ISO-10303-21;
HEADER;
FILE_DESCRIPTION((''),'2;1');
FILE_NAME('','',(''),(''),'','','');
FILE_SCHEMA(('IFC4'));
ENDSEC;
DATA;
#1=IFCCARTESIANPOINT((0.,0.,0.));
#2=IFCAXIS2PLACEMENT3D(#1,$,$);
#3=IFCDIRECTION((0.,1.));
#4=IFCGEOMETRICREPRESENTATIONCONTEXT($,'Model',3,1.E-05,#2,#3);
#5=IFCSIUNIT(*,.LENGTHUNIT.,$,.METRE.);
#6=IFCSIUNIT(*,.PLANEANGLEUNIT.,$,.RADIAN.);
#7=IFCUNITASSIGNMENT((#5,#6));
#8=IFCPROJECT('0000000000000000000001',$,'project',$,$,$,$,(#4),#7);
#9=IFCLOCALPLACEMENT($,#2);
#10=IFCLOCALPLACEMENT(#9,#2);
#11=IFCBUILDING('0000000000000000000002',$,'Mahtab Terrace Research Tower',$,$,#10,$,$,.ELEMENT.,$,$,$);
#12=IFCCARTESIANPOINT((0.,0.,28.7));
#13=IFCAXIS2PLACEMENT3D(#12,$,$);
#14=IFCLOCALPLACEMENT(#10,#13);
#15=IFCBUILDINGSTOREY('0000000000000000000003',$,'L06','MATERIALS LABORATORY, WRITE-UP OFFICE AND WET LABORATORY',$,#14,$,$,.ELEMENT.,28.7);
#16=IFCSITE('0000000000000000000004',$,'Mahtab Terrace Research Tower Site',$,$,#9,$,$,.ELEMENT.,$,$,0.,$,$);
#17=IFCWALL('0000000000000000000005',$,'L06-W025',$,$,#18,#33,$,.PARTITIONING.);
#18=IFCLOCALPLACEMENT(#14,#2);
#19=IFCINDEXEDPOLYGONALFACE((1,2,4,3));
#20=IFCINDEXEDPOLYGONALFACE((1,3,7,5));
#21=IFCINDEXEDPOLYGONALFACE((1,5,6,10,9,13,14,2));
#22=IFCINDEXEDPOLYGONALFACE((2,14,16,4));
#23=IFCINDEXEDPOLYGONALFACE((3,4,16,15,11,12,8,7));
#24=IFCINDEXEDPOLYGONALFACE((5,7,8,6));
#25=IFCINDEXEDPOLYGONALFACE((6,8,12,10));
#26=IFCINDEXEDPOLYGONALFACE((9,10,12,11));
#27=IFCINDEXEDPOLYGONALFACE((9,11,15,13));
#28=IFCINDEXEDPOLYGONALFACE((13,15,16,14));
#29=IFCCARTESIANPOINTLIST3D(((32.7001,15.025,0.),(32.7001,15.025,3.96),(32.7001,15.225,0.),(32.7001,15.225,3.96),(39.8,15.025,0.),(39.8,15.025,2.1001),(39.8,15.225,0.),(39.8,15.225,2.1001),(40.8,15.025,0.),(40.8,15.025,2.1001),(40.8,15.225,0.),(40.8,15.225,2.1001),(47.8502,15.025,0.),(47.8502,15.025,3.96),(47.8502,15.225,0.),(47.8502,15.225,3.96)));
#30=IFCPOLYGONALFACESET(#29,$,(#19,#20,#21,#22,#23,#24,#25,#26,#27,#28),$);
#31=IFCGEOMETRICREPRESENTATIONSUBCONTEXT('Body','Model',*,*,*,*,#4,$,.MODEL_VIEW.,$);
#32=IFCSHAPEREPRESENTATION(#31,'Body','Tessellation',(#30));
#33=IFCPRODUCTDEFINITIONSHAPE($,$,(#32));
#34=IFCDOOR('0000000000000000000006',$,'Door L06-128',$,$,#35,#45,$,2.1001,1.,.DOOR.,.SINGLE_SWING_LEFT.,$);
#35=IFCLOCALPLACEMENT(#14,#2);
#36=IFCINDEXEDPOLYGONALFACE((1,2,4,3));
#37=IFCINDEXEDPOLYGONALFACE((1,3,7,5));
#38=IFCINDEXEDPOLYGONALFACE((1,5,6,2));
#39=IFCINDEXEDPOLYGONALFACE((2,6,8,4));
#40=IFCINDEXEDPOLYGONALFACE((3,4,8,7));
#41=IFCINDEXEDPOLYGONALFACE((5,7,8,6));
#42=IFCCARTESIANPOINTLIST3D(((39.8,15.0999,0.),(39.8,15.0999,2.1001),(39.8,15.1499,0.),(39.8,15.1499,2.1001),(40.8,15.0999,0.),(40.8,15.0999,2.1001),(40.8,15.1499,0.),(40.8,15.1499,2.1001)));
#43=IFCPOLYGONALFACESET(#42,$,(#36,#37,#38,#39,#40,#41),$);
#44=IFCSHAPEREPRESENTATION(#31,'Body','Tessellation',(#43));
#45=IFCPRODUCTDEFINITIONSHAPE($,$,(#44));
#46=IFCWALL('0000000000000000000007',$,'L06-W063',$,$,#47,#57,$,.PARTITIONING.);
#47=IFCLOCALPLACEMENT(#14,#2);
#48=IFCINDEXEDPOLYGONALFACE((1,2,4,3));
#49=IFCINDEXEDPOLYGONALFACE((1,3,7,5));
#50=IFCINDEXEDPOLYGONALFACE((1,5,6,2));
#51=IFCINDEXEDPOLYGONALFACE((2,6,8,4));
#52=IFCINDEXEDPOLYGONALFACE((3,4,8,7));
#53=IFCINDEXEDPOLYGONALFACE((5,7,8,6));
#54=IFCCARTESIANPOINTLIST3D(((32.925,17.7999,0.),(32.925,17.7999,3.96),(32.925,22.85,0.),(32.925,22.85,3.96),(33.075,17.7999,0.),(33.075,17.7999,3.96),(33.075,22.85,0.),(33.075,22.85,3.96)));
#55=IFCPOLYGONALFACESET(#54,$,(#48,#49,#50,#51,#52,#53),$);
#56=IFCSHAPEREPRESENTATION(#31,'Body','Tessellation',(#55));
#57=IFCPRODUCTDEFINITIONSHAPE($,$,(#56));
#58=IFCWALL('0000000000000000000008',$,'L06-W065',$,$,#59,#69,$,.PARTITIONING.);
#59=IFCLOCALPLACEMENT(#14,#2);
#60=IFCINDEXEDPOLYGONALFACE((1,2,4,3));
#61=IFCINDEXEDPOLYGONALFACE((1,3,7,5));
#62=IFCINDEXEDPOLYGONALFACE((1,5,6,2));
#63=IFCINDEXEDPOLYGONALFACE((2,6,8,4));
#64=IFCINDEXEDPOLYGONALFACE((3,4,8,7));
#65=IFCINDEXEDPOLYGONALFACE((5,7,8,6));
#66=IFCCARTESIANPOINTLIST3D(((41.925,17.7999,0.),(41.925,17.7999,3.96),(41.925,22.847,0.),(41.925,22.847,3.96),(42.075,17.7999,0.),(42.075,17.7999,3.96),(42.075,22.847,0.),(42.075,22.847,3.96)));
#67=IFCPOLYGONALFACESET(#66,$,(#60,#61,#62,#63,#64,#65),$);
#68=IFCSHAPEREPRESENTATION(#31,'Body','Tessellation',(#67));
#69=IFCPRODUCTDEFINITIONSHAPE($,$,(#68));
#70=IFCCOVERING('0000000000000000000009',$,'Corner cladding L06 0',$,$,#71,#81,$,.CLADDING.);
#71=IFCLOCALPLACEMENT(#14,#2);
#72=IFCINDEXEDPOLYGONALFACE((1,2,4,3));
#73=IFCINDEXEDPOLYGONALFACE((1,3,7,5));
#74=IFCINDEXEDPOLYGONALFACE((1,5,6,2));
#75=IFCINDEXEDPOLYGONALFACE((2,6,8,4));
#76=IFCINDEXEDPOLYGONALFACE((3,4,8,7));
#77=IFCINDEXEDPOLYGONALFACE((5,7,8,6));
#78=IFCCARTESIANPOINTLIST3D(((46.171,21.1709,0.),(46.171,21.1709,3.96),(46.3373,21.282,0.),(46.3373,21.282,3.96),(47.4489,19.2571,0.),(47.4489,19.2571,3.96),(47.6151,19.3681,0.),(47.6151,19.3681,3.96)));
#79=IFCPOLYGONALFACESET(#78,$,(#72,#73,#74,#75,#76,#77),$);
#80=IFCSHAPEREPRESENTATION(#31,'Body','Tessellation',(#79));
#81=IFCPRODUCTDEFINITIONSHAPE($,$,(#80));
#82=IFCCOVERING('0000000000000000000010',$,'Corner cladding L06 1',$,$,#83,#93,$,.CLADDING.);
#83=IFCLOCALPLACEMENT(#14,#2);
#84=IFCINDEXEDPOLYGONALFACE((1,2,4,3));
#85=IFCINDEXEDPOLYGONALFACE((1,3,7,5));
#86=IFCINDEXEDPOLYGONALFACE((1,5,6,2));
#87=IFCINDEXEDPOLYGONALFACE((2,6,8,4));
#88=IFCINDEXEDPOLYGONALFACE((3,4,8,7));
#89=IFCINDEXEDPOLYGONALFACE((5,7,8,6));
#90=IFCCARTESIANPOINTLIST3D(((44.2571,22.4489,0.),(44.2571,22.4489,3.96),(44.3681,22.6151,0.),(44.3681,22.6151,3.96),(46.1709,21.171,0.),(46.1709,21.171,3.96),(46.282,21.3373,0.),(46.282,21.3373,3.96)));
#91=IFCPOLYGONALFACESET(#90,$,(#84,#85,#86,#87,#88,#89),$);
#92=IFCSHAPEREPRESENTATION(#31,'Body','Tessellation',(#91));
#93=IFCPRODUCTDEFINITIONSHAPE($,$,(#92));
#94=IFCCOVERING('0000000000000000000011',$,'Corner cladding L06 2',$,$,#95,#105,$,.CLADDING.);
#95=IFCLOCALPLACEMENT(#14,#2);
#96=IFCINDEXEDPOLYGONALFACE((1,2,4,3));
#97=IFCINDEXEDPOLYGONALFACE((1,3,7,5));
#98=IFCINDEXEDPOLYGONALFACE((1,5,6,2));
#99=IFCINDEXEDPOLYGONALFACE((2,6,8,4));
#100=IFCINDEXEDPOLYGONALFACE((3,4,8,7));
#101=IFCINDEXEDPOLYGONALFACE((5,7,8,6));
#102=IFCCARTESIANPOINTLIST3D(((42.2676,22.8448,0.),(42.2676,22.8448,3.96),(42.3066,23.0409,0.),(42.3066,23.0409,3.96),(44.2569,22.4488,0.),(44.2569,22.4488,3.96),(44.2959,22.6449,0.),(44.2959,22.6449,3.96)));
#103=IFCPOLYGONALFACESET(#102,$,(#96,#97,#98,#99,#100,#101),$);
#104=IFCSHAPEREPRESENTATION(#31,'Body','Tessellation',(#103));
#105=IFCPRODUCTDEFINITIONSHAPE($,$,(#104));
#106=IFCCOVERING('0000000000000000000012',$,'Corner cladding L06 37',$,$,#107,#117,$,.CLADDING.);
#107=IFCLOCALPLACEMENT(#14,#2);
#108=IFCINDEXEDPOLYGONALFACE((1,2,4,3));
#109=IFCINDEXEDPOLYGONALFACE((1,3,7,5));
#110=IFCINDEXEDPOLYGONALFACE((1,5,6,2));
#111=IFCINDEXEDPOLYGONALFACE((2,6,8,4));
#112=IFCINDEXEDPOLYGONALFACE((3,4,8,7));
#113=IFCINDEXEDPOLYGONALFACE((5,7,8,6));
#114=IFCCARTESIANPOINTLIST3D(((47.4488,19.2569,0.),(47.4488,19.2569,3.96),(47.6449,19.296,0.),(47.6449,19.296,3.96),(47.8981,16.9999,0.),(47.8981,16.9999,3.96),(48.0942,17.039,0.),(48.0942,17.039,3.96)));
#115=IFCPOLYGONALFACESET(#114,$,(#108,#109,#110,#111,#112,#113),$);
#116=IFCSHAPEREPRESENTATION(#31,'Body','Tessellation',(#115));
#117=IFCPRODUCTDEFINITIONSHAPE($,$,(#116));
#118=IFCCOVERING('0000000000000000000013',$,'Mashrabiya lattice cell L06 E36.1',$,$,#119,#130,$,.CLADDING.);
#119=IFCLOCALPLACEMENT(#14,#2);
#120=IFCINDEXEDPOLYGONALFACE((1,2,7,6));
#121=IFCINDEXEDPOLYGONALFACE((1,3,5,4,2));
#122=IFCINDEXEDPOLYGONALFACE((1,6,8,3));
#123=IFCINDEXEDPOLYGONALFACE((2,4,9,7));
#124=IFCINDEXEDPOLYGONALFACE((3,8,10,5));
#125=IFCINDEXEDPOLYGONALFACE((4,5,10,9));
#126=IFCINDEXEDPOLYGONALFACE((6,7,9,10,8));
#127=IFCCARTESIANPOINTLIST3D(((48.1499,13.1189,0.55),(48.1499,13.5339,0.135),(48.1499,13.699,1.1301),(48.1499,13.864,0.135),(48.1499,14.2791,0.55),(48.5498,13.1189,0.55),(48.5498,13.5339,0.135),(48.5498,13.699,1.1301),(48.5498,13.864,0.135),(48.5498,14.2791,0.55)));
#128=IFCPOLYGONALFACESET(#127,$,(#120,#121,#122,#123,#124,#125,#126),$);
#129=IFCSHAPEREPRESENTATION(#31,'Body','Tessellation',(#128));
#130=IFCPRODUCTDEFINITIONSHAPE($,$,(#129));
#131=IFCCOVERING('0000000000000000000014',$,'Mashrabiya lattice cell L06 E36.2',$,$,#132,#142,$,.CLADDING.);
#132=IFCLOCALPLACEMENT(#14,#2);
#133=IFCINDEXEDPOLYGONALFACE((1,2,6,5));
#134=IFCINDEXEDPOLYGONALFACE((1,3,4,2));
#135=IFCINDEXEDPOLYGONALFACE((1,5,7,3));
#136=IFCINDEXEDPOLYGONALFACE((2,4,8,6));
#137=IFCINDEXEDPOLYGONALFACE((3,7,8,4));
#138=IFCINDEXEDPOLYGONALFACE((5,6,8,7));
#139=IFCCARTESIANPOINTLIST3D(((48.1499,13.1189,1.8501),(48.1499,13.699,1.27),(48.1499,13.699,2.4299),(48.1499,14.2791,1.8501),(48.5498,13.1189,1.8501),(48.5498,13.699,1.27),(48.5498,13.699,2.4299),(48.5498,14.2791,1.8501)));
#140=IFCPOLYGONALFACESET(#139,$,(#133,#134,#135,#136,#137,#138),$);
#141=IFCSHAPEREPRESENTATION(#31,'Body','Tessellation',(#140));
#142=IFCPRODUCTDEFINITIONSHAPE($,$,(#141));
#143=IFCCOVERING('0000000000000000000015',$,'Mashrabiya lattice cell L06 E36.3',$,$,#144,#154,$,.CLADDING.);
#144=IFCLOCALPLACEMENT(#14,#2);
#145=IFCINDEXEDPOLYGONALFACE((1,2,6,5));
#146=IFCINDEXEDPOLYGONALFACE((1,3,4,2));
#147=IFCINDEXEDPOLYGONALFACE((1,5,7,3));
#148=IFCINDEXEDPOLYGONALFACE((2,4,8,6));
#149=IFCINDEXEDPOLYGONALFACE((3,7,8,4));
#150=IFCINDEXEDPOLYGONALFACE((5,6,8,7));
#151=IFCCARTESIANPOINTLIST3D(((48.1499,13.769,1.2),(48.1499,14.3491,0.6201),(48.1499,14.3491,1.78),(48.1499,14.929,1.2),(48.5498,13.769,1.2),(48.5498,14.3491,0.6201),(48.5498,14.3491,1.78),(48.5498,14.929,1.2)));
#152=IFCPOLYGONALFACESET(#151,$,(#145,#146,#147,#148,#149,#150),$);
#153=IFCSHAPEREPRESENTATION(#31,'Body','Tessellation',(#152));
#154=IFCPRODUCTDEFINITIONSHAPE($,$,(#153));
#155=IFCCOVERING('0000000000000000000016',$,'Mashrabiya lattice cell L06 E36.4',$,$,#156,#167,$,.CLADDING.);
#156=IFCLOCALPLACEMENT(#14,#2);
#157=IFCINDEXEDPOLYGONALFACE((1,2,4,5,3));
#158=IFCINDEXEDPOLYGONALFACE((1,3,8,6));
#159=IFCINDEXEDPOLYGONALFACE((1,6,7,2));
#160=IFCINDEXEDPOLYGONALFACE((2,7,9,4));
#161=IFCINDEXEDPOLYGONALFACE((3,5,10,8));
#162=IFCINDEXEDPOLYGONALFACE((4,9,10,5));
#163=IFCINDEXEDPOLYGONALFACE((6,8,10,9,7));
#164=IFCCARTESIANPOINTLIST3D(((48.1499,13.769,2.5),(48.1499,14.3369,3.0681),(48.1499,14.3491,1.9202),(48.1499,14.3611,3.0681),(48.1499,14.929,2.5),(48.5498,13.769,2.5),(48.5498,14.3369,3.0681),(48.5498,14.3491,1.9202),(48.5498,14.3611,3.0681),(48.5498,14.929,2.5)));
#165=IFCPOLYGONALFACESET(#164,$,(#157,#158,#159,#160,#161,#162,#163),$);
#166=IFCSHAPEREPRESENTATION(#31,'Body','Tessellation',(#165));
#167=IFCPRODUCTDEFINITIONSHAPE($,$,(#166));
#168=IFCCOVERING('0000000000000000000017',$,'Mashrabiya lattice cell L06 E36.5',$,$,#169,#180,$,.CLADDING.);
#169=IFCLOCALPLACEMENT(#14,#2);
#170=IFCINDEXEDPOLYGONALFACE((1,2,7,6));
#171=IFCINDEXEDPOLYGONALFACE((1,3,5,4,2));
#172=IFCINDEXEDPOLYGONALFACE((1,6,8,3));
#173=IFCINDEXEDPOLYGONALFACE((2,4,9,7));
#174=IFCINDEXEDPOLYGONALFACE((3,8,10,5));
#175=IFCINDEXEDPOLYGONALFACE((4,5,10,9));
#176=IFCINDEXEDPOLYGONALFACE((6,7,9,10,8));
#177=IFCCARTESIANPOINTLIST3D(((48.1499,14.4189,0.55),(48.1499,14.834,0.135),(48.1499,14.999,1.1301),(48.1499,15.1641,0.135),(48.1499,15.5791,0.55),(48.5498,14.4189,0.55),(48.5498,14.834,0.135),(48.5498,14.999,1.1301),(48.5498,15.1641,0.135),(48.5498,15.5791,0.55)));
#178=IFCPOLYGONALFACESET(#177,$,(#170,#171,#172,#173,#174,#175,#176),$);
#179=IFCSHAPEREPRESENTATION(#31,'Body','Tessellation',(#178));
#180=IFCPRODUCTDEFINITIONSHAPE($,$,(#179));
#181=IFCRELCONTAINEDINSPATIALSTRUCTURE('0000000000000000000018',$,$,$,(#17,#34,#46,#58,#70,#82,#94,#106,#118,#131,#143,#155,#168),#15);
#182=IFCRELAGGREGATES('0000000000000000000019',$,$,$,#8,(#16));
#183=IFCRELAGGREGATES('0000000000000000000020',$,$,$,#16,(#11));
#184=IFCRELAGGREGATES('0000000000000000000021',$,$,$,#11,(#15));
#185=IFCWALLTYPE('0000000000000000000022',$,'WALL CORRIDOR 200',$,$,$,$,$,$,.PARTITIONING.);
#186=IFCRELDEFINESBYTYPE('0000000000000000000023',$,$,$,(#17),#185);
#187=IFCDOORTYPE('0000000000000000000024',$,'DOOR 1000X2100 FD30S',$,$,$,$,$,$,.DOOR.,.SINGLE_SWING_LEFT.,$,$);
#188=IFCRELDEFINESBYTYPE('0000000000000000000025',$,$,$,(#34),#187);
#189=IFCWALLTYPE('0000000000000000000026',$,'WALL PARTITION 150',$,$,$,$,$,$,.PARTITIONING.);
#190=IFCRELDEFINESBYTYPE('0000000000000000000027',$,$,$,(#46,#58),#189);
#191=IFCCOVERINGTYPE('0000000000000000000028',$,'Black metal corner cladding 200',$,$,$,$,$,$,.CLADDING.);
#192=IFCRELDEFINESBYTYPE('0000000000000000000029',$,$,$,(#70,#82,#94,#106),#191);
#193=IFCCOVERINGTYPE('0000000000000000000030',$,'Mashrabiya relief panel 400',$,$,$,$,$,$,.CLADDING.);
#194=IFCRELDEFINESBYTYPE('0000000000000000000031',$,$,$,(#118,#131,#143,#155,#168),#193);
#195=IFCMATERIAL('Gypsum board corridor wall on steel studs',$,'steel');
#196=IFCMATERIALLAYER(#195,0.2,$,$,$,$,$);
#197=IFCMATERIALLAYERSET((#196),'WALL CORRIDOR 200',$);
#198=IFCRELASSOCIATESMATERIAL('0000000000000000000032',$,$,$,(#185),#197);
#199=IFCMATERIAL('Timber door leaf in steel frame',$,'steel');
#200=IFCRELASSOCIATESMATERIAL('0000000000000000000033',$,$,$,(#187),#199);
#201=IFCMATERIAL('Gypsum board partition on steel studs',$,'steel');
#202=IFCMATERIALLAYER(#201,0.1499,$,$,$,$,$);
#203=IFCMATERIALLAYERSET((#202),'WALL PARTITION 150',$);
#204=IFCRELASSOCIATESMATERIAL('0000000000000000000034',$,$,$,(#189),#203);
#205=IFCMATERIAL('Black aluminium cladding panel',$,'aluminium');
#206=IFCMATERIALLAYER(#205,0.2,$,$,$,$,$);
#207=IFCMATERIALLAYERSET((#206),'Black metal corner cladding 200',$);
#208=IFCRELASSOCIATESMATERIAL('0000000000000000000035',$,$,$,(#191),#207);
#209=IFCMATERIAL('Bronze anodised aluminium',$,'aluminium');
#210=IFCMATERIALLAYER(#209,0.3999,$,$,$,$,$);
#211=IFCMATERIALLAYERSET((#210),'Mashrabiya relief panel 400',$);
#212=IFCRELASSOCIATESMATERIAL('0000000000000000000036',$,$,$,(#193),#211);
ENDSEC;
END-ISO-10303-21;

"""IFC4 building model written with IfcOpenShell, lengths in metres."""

from ifc_helpers import new_model, si_unit, direction, frame, frame_2d, origin, origin_2d, place, context, subcontext, project, spatial, polyline, rectangle, outline, extrude, material, layer, layer_set, type_object, element, fill, save


model = new_model("IFC4")

# Units and contexts
model_context = context("Model", 3, precision=1e-05, world=origin(), true_north=direction((0.0, 1.0)))
body_context = subcontext(model_context, "Body", "Model", "MODEL_VIEW")
ifc_project = project(units=[si_unit("LENGTHUNIT", "METRE"), si_unit("PLANEANGLEUNIT", "RADIAN")], contexts=[model_context])

# Site, building, storey
site_placement = place(None, origin())
site = spatial("IfcSite", under=ifc_project, at=site_placement, Name="Mahtab Terrace Research Tower Site", CompositionType="ELEMENT", RefElevation=0.0)
building_placement = place(site_placement, origin())
building = spatial("IfcBuilding", under=site, at=building_placement, Name="Mahtab Terrace Research Tower", CompositionType="ELEMENT")
storey_placement = place(building_placement, frame((0.0, 0.0, 28.7)))
storey = spatial("IfcBuildingStorey", under=building, at=storey_placement, Name="L06", Description="MATERIALS LABORATORY, WRITE-UP OFFICE AND WET LABORATORY", CompositionType="ELEMENT", Elevation=28.7)

# Shared definitions
ifc_material_1 = material(Name="Black aluminium cladding panel", Category="aluminium")

# Wall, opening, door
ifc_material_2 = material(Name="Gypsum board corridor wall on steel studs", Category="steel")
ifc_layer_1 = layer(ifc_material_2, 0.2)
ifc_layer_set_1 = layer_set([ifc_layer_1], Name="WALL CORRIDOR 200")
wall_type_1 = type_object("IfcWallType", Name="WALL CORRIDOR 200", PredefinedType="PARTITIONING", material=ifc_layer_set_1)
wall_1_placement = place(storey_placement, frame((32.7, 15.125, 0.0), z_axis=(0.0, 0.0, 1.0), x_axis=(1.0, 0.0, 0.0)))
wall_1 = element("IfcWall", 1, at=wall_1_placement, inside=storey, type_object=wall_type_1, Name="L06-W025", PredefinedType="PARTITIONING", context=body_context, shape_type="SweptSolid", body=[
    extrude(rectangle(XDim=15.1501, YDim=0.2, at=frame_2d((7.5752, 0.0))), origin(), (0.0, 0.0, 1.0), 3.96),
])
opening_placement = place(wall_1_placement, frame((7.1001, 0.0, 0.0)))
opening = element("IfcOpeningElement", 2, at=opening_placement, cuts=wall_1, PredefinedType="OPENING", context=body_context, shape_type="SweptSolid", body=[
    extrude(rectangle(XDim=1.0, YDim=2.1001, at=frame_2d((0.5, 1.05))), frame((0.0, 0.1099, 0.0), z_axis=(0.0, -1.0, 0.0), x_axis=(1.0, 0.0, 0.0)), (0.0, 0.0, 1.0), 0.22),
])
ifc_material_3 = material(Name="Timber door leaf in steel frame", Category="steel")
door_type = type_object("IfcDoorType", Name="DOOR 1000X2100 FD30S", OperationType="SINGLE_SWING_LEFT", PredefinedType="DOOR", material=ifc_material_3)
door_placement = place(opening_placement, origin())
door = element("IfcDoor", 3, at=door_placement, inside=storey, type_object=door_type, Name="Door L06-128", OperationType="SINGLE_SWING_LEFT", OverallHeight=2.1001, OverallWidth=1.0, PredefinedType="DOOR", context=body_context, shape_type="SweptSolid", body=[
    extrude(rectangle(XDim=1.0, YDim=2.1001, at=frame_2d((0.5, 1.05))), frame((0.0, 0.0249, 0.0), z_axis=(0.0, -1.0, 0.0), x_axis=(1.0, 0.0, 0.0)), (0.0, 0.0, 1.0), 0.05),
])
fill(opening, door)

# Walls
ifc_material_4 = material(Name="Gypsum board partition on steel studs", Category="steel")
ifc_layer_2 = layer(ifc_material_4, 0.1499)
ifc_layer_set_2 = layer_set([ifc_layer_2], Name="WALL PARTITION 150")
wall_type_2 = type_object("IfcWallType", Name="WALL PARTITION 150", PredefinedType="PARTITIONING", material=ifc_layer_set_2)
wall_2_placement = place(storey_placement, frame((33.0, 17.8, 0.0), z_axis=(0.0, 0.0, 1.0), x_axis=(0.0, 1.0, 0.0)))
element("IfcWall", 4, at=wall_2_placement, inside=storey, type_object=wall_type_2, Name="L06-W063", PredefinedType="PARTITIONING", context=body_context, shape_type="SweptSolid", body=[
    extrude(rectangle(XDim=5.05, YDim=0.1499, at=frame_2d((2.5249, 0.0))), origin(), (0.0, 0.0, 1.0), 3.96),
])
wall_3_placement = place(storey_placement, frame((42.0, 17.8, 0.0), z_axis=(0.0, 0.0, 1.0), x_axis=(0.0, 1.0, 0.0)))
element("IfcWall", 5, at=wall_3_placement, inside=storey, type_object=wall_type_2, Name="L06-W065", PredefinedType="PARTITIONING", context=body_context, shape_type="SweptSolid", body=[
    extrude(rectangle(XDim=5.0471, YDim=0.1499, at=frame_2d((2.5234, 0.0))), origin(), (0.0, 0.0, 1.0), 3.96),
])

# Coverings
ifc_layer_3 = layer(ifc_material_1, 0.2)
ifc_layer_set_3 = layer_set([ifc_layer_3], Name="Black metal corner cladding 200")
covering_type_1 = type_object("IfcCoveringType", Name="Black metal corner cladding 200", PredefinedType="CLADDING", material=ifc_layer_set_3)
for number, where, z_axis, x_axis, name in (
    (6, (46.8931, 20.2695, 0.0), (0.0, 0.0, 1.0), (-0.555291, 0.831656, 0.0), "Corner cladding L06 0"),
    (7, (45.2695, 21.8931, 0.0), (0.0, 0.0, 1.0), (-0.831656, 0.555291, 0.0), "Corner cladding L06 1"),
):
    element("IfcCovering", number, at=place(storey_placement, frame(where, z_axis=z_axis, x_axis=x_axis)), inside=storey, type_object=covering_type_1, Name=name, PredefinedType="CLADDING", context=body_context, shape_type="SweptSolid", body=[
        extrude(rectangle(XDim=2.3013, YDim=0.2, at=origin_2d()), origin(), (0.0, 0.0, 1.0), 3.96),
    ])
covering_1_placement = place(storey_placement, frame((43.2817, 22.7449, 0.0), z_axis=(0.0, 0.0, 1.0), x_axis=(-0.980761, 0.195212, 0.0)))
element("IfcCovering", 8, at=covering_1_placement, inside=storey, type_object=covering_type_1, Name="Corner cladding L06 2", PredefinedType="CLADDING", context=body_context, shape_type="SweptSolid", body=[
    extrude(rectangle(XDim=2.0283, YDim=0.2, at=origin_2d()), origin(), (0.0, 0.0, 1.0), 3.96),
])
covering_2_placement = place(storey_placement, frame((47.7715, 18.1479, 0.0), z_axis=(0.0, 0.0, 1.0), x_axis=(-0.195212, 0.980761, 0.0)))
element("IfcCovering", 9, at=covering_2_placement, inside=storey, type_object=covering_type_1, Name="Corner cladding L06 37", PredefinedType="CLADDING", context=body_context, shape_type="SweptSolid", body=[
    extrude(rectangle(XDim=2.3013, YDim=0.2, at=origin_2d()), origin(), (0.0, 0.0, 1.0), 3.96),
])
ifc_material_5 = material(Name="Bronze anodised aluminium", Category="aluminium")
ifc_layer_4 = layer(ifc_material_5, 0.3999)
ifc_layer_set_4 = layer_set([ifc_layer_4], Name="Mashrabiya relief panel 400")
covering_type_2 = type_object("IfcCoveringType", Name="Mashrabiya relief panel 400", PredefinedType="CLADDING", material=ifc_layer_set_4)
covering_3_placement = place(storey_placement, frame((48.1499, 13.1189, 0.55), z_axis=(-1.0, 0.0, 0.0), x_axis=(0.0, 0.707107, 0.707107)))
element("IfcCovering", 10, at=covering_3_placement, inside=storey, type_object=covering_type_2, Name="Mashrabiya lattice cell L06 E36.1", PredefinedType="CLADDING", context=body_context, shape_type="SweptSolid", body=[
    extrude(outline(polyline([(0.0, 0.0), (0.8204, 0.0), (0.8204, 0.8204), (0.2334, 0.8204), (0.0, 0.587), (0.0, 0.0)])), origin(), (0.0, 0.0, -1.0), 0.3999),
])
covering_4_placement = place(storey_placement, frame((48.1499, 13.699, 2.4299), z_axis=(-1.0, 0.0, 0.0), x_axis=(0.0, 0.707256, -0.706958)))
element("IfcCovering", 11, at=covering_4_placement, inside=storey, type_object=covering_type_2, Name="Mashrabiya lattice cell L06 E36.2", PredefinedType="CLADDING", context=body_context, shape_type="SweptSolid", body=[
    extrude(outline(polyline([(0.0, 0.0), (0.8202, 0.0), (0.82, 0.8204), (-0.0003, 0.8202), (0.0, 0.0)])), origin(), (0.0, 0.0, -1.0), 0.3999),
])
covering_5_placement = place(storey_placement, frame((48.1499, 14.3491, 1.78), z_axis=(-1.0, 0.0, 0.0), x_axis=(0.0, 0.706958, -0.707256)))
element("IfcCovering", 12, at=covering_5_placement, inside=storey, type_object=covering_type_2, Name="Mashrabiya lattice cell L06 E36.3", PredefinedType="CLADDING", context=body_context, shape_type="SweptSolid", body=[
    extrude(outline(polyline([(0.0, 0.0), (0.8202, 0.0), (0.8204, 0.82), (0.0002, 0.8204), (0.0, 0.0)])), origin(), (0.0, 0.0, -1.0), 0.3999),
])
covering_6_placement = place(storey_placement, frame((48.1499, 14.929, 2.5), z_axis=(-1.0, 0.0, 0.0), x_axis=(0.0, -0.707107, -0.707107)))
element("IfcCovering", 13, at=covering_6_placement, inside=storey, type_object=covering_type_2, Name="Mashrabiya lattice cell L06 E36.4", PredefinedType="CLADDING", context=body_context, shape_type="SweptSolid", body=[
    extrude(outline(polyline([(0.0, 0.0), (0.82, 0.0), (0.8202, 0.8202), (0.0169, 0.8204), (-0.0002, 0.8033), (0.0, 0.0)])), origin(), (0.0, 0.0, -1.0), 0.3999),
])
covering_7_placement = place(storey_placement, frame((48.1499, 14.4189, 0.55), z_axis=(-1.0, 0.0, 0.0), x_axis=(0.0, 0.707107, 0.707107)))
element("IfcCovering", 14, at=covering_7_placement, inside=storey, type_object=covering_type_2, Name="Mashrabiya lattice cell L06 E36.5", PredefinedType="CLADDING", context=body_context, shape_type="SweptSolid", body=[
    extrude(outline(polyline([(0.0, 0.0), (0.8204, 0.0), (0.8204, 0.8204), (0.2334, 0.8204), (0.0, 0.587), (0.0, 0.0)])), origin(), (0.0, 0.0, -1.0), 0.3999),
])

save(model, "model.ifc")
